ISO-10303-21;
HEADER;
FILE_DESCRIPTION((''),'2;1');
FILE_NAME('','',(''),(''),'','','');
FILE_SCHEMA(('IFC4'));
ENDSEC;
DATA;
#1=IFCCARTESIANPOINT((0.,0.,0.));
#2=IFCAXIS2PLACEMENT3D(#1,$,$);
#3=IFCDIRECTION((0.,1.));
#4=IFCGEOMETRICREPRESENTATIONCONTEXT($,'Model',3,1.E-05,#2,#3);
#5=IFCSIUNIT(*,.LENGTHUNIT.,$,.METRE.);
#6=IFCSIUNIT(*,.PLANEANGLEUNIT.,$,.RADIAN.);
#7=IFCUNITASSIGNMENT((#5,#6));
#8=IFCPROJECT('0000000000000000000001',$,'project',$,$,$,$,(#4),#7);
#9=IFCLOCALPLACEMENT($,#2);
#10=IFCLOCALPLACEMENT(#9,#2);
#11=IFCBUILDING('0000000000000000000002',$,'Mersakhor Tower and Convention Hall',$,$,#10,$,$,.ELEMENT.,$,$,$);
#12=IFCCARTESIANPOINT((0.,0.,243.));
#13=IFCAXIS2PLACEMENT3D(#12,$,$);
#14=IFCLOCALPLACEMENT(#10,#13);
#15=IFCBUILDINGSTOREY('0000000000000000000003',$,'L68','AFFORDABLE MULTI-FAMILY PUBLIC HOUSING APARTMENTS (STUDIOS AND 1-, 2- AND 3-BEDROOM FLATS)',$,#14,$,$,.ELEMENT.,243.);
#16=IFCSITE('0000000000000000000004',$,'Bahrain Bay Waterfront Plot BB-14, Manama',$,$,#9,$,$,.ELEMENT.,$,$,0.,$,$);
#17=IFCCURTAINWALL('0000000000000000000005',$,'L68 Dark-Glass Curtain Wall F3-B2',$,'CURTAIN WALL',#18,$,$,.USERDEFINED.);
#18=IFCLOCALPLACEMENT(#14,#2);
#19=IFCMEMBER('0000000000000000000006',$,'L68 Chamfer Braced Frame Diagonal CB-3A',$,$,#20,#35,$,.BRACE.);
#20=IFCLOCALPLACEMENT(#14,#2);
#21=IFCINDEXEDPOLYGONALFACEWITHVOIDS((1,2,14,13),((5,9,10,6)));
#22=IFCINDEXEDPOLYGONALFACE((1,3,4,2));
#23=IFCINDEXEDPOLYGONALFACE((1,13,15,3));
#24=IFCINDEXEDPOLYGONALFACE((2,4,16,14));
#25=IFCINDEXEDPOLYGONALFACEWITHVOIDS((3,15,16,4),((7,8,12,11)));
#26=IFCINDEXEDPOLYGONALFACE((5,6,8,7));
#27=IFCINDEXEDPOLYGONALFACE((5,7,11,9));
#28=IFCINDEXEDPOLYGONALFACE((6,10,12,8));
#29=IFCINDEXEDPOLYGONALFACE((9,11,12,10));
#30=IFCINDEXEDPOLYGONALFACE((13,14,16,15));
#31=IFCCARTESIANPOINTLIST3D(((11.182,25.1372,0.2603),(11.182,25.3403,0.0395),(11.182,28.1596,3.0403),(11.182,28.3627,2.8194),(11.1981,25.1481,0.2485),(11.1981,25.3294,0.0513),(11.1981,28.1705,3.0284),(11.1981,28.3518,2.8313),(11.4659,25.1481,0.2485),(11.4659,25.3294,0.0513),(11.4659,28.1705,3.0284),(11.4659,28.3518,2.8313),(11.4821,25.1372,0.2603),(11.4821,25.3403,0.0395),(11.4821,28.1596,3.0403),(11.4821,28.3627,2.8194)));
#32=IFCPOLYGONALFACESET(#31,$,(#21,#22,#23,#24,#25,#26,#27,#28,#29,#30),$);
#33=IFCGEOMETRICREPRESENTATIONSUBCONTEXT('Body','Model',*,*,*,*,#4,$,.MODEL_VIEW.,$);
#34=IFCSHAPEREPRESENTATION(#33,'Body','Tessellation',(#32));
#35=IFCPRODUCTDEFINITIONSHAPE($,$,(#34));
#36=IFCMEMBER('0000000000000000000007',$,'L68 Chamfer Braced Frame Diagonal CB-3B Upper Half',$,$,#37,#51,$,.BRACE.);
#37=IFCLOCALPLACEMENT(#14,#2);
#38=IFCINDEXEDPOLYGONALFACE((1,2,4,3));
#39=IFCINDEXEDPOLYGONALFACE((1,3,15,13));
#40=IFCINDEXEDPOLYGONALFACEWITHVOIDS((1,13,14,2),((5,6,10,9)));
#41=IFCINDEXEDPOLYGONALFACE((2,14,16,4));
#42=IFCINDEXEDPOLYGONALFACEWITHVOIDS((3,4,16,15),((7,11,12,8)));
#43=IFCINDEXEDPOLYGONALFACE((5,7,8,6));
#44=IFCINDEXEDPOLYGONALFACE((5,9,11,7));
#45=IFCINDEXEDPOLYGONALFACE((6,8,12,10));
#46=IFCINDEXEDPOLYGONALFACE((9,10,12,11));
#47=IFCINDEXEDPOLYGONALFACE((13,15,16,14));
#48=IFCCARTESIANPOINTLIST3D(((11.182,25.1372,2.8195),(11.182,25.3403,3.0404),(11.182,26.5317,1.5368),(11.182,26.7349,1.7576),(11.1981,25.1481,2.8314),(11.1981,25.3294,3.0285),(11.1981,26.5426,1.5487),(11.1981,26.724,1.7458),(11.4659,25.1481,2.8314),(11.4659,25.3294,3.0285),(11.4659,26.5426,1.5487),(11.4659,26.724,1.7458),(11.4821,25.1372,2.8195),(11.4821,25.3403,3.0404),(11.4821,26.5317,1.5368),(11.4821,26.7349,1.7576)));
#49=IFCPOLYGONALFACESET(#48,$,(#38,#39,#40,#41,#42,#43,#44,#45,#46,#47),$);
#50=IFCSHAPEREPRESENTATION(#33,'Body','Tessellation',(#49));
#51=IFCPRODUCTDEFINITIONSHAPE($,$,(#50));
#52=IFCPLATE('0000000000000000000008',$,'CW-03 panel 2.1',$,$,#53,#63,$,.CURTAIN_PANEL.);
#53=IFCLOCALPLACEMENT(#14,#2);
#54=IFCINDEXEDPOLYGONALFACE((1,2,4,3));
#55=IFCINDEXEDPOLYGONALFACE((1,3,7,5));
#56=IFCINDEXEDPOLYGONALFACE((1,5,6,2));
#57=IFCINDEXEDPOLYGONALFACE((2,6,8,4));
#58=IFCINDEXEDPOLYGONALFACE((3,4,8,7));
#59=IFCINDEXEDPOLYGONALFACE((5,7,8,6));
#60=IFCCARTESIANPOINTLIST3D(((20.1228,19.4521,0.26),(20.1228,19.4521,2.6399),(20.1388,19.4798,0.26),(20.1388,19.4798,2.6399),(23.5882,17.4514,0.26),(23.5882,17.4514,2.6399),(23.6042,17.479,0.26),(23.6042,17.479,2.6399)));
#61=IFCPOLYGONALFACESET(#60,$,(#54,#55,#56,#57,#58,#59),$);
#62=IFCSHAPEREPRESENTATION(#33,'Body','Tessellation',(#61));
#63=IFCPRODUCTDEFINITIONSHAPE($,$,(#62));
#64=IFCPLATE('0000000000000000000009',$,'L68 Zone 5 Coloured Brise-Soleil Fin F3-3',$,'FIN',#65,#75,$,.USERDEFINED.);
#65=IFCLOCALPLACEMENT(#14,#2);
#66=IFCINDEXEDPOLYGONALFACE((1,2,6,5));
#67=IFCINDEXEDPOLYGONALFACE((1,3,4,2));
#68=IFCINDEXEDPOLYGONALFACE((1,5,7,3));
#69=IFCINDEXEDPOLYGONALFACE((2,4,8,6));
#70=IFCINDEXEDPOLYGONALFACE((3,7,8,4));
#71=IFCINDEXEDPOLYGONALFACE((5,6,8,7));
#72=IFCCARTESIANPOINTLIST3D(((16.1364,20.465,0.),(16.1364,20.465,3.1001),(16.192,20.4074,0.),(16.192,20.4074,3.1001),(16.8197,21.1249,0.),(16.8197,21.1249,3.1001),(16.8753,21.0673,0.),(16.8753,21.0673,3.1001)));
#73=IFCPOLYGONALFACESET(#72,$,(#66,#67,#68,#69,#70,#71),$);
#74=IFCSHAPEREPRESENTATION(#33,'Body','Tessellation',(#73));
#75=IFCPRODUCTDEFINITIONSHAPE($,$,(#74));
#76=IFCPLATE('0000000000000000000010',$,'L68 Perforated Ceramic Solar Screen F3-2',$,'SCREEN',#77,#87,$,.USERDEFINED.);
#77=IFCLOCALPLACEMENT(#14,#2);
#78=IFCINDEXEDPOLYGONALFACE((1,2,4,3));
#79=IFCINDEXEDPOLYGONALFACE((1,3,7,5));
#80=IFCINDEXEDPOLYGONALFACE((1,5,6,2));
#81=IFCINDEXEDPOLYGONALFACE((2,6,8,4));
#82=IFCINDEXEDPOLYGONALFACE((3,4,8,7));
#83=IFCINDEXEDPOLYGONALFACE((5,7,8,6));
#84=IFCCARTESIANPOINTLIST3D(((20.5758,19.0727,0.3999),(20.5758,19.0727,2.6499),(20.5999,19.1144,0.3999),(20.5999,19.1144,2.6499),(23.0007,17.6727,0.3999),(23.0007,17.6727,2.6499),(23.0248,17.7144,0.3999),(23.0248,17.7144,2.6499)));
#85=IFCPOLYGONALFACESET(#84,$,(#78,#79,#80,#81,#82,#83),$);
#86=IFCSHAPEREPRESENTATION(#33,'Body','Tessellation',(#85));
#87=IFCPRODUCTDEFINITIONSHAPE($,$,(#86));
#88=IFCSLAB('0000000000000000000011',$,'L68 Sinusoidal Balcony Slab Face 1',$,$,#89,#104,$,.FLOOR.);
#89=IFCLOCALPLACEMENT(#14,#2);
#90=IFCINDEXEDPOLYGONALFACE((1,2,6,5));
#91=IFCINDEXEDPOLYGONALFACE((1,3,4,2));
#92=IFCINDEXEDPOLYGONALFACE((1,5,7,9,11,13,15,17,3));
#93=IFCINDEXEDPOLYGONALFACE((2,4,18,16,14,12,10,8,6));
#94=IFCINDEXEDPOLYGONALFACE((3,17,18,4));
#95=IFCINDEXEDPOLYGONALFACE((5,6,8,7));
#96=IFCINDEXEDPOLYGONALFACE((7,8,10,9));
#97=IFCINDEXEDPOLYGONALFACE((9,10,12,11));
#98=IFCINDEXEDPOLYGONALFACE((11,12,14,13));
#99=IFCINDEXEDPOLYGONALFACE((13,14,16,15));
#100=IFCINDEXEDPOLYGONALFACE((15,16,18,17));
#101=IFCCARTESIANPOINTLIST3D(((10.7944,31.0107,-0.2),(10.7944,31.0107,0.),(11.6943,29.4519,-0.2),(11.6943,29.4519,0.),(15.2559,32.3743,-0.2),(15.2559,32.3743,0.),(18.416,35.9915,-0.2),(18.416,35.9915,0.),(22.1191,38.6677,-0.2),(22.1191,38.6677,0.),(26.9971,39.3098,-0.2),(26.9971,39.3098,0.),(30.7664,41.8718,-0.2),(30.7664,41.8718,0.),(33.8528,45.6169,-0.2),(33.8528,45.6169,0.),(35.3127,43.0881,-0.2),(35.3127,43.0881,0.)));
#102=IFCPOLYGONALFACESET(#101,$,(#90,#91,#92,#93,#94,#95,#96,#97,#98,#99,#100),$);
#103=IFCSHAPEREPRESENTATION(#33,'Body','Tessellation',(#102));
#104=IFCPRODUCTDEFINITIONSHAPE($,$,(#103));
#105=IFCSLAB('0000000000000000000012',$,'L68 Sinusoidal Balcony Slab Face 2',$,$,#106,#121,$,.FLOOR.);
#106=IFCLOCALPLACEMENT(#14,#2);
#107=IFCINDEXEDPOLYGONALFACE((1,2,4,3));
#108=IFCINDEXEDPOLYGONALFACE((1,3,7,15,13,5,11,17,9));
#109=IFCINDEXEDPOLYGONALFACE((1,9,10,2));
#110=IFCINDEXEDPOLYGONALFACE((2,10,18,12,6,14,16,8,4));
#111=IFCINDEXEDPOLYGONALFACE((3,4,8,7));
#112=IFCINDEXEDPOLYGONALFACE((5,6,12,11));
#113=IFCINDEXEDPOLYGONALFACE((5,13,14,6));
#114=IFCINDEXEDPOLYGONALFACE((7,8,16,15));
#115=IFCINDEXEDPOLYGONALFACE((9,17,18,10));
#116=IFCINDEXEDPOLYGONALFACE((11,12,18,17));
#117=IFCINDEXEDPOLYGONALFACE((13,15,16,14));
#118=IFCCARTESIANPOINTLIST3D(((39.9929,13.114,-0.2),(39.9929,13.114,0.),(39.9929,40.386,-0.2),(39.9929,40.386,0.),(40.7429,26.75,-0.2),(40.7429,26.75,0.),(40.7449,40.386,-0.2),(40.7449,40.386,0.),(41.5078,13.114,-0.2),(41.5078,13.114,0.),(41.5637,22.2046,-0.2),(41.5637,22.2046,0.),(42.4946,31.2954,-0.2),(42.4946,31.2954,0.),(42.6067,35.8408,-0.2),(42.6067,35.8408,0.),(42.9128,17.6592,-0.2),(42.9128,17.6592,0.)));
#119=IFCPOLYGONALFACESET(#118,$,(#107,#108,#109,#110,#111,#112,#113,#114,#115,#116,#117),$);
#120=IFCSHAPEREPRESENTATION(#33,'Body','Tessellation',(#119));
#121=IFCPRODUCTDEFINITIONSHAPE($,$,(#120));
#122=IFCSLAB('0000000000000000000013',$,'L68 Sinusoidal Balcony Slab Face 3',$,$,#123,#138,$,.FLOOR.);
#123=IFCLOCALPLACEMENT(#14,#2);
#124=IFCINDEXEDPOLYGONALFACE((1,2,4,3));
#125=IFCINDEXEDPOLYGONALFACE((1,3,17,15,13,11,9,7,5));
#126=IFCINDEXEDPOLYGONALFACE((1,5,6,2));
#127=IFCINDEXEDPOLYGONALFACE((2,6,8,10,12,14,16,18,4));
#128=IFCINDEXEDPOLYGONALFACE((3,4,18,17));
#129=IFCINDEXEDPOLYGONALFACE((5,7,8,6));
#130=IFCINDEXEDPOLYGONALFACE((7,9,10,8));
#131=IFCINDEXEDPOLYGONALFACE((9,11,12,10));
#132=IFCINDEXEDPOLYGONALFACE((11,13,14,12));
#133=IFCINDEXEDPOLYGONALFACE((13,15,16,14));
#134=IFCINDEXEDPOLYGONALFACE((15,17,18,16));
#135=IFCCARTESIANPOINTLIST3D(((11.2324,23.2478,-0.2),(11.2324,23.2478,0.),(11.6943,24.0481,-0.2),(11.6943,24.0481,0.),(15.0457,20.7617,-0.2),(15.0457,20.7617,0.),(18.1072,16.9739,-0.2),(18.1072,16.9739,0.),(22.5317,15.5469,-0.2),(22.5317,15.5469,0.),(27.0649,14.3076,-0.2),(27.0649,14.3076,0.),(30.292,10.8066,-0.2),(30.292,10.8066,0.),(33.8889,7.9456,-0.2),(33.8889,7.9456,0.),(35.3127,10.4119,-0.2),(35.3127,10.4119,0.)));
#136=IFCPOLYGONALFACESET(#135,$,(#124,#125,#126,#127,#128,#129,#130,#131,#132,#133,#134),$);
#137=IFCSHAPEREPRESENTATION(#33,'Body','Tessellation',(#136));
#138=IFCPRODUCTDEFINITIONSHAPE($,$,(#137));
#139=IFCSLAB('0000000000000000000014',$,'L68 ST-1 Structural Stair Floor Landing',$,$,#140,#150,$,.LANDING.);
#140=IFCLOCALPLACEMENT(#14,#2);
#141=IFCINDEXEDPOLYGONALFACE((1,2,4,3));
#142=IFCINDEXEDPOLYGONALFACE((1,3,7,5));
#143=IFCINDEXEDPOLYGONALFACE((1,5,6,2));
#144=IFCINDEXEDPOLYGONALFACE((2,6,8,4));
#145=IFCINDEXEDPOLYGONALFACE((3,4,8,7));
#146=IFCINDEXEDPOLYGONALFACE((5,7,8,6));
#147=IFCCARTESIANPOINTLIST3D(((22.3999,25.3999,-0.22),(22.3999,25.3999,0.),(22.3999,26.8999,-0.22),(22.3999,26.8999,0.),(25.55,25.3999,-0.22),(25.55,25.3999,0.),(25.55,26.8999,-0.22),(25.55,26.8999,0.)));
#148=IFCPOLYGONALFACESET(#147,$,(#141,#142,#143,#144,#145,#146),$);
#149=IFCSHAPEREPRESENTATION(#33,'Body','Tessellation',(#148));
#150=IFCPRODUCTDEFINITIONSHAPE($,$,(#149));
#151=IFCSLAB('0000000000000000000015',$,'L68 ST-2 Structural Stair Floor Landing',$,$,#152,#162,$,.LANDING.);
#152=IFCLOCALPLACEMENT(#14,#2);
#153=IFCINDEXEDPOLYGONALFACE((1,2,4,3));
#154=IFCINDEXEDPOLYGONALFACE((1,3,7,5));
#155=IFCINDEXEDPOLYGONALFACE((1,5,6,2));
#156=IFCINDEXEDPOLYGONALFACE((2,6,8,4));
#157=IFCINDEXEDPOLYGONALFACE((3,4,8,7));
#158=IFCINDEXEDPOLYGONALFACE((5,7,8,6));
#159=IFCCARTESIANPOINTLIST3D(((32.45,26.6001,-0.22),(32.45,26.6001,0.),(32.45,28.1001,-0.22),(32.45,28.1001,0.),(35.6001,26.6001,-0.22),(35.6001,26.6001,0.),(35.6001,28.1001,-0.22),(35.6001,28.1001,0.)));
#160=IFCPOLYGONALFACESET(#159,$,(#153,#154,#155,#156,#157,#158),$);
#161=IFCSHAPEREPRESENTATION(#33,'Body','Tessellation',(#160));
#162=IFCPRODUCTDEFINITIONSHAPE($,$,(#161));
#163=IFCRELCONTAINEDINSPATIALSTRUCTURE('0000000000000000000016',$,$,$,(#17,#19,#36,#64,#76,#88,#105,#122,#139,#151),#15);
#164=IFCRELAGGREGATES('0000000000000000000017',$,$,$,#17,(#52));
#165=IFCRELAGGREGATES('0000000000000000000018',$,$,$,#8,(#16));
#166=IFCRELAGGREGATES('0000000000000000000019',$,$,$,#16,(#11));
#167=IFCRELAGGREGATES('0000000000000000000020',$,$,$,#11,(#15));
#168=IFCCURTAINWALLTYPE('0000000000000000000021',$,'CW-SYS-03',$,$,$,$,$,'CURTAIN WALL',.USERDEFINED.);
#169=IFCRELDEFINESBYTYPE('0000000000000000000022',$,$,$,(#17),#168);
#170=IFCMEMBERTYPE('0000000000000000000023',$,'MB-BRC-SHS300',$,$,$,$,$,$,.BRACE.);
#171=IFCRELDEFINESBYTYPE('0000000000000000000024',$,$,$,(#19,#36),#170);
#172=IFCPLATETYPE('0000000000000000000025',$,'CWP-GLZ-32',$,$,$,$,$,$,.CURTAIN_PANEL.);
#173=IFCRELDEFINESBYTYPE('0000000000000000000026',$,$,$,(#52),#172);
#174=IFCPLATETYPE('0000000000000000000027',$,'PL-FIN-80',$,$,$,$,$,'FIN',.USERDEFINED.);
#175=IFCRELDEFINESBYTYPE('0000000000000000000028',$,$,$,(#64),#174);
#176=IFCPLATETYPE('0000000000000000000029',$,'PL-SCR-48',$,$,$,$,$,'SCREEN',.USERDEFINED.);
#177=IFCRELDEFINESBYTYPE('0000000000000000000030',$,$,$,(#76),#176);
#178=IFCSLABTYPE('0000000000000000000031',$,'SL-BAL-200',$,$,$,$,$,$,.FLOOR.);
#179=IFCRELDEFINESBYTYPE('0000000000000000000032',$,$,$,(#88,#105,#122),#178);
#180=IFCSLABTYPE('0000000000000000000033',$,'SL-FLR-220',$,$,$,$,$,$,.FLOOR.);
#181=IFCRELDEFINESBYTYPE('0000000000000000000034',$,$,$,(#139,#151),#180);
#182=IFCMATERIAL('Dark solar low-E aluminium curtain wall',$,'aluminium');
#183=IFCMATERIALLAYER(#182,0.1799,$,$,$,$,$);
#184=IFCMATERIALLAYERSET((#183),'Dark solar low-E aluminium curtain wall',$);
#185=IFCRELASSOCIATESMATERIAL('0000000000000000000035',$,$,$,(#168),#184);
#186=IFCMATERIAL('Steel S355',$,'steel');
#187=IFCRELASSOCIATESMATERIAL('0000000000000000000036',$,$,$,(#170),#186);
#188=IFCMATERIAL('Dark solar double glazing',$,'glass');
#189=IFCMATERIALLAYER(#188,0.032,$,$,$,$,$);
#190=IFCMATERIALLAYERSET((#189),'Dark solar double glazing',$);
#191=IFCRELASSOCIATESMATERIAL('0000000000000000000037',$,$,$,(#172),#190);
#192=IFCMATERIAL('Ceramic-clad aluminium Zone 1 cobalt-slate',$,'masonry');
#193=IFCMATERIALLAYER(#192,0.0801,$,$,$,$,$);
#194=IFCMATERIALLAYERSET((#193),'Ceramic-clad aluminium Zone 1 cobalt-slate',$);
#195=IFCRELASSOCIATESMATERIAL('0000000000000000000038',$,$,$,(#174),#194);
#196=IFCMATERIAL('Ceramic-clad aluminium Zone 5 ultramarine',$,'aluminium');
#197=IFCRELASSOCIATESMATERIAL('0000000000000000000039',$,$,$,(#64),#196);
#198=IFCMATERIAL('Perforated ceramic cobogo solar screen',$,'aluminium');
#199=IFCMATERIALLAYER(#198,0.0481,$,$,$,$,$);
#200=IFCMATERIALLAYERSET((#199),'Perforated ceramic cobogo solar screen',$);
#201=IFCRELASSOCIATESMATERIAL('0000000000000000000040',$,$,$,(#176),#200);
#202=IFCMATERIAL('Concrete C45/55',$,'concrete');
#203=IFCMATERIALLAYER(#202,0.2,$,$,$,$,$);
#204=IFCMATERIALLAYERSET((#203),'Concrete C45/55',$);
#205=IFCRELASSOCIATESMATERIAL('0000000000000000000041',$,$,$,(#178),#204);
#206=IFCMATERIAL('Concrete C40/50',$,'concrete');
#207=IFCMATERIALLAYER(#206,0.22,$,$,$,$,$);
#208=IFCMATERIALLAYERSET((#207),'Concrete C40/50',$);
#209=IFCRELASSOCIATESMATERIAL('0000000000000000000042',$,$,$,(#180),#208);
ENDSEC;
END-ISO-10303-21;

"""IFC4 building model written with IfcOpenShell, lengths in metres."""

from ifc_helpers import new_model, si_unit, direction, frame, origin, origin_2d, place, context, subcontext, project, spatial, polyline, rectangle, hollow_rectangle, outline, extrude, material, layer, layer_set, material_profile, profile_set, type_object, element, aggregate, save


model = new_model("IFC4")

# Units and contexts
model_context = context("Model", 3, precision=1e-05, world=origin(), true_north=direction((0.0, 1.0)))
body_context = subcontext(model_context, "Body", "Model", "MODEL_VIEW")
ifc_project = project(units=[si_unit("LENGTHUNIT", "METRE"), si_unit("PLANEANGLEUNIT", "RADIAN")], contexts=[model_context])

# Site, building, storey
site_placement = place(None, origin())
site = spatial("IfcSite", under=ifc_project, at=site_placement, Name="Bahrain Bay Waterfront Plot BB-14, Manama", CompositionType="ELEMENT", RefElevation=0.0)
building_placement = place(site_placement, origin())
building = spatial("IfcBuilding", under=site, at=building_placement, Name="Mersakhor Tower and Convention Hall", CompositionType="ELEMENT")
storey_placement = place(building_placement, frame((0.0, 0.0, 243.0)))
storey = spatial("IfcBuildingStorey", under=building, at=storey_placement, Name="L68", Description="AFFORDABLE MULTI-FAMILY PUBLIC HOUSING APARTMENTS (STUDIOS AND 1-, 2- AND 3-BEDROOM FLATS)", CompositionType="ELEMENT", Elevation=243.0)

# Curtain wall
ifc_material_1 = material(Name="Dark solar low-E aluminium curtain wall", Category="aluminium")
ifc_layer_1 = layer(ifc_material_1, 0.1799)
ifc_layer_set_1 = layer_set([ifc_layer_1], Name="Dark solar low-E aluminium curtain wall")
curtain_wall_type = type_object("IfcCurtainWallType", Name="CW-SYS-03", ElementType="CURTAIN WALL", PredefinedType="USERDEFINED", material=ifc_layer_set_1)
curtain_wall_placement = place(storey_placement, origin())
curtain_wall = element("IfcCurtainWall", 1, at=curtain_wall_placement, inside=storey, type_object=curtain_wall_type, Name="L68 Dark-Glass Curtain Wall F3-B2", ObjectType="CURTAIN WALL", PredefinedType="USERDEFINED")

# Members
ifc_material_2 = material(Name="Steel S355", Category="steel")
ifc_material_profile_1 = material_profile(ifc_material_2, hollow_rectangle(XDim=0.3, YDim=0.3, WallThickness=0.0161, at=origin_2d()), Name="SHS 300x300x16")
ifc_profile_set_1 = profile_set([ifc_material_profile_1], Name="Steel S355")
member_type_1 = type_object("IfcMemberType", Name="MB-BRC-SHS300", PredefinedType="BRACE", material=ifc_profile_set_1)
member_1_placement = place(storey_placement, frame((11.332, 25.2388, 0.1499), z_axis=(0.0, 0.736008, 0.676973), x_axis=(-1.0, 0.0, 0.0)))
element("IfcMember", 2, at=member_1_placement, inside=storey, type_object=member_type_1, Name="L68 Chamfer Braced Frame Diagonal CB-3A", PredefinedType="BRACE", context=body_context, shape_type="SweptSolid", body=[
    extrude(hollow_rectangle(XDim=0.3, YDim=0.3, WallThickness=0.0161, at=origin_2d()), origin(), (0.0, 0.0, 1.0), 4.1064),
])
member_2_placement = place(storey_placement, frame((11.332, 26.6333, 1.6472), z_axis=(0.0, -0.735998, 0.676984), x_axis=(1.0, 0.0, 0.0)))
element("IfcMember", 3, at=member_2_placement, inside=storey, type_object=member_type_1, Name="L68 Chamfer Braced Frame Diagonal CB-3B Upper Half", PredefinedType="BRACE", context=body_context, shape_type="SweptSolid", body=[
    extrude(hollow_rectangle(XDim=0.3, YDim=0.3, WallThickness=0.0161, at=origin_2d()), origin(), (0.0, 0.0, 1.0), 1.8948),
])

# Plate
ifc_material_3 = material(Name="Dark solar double glazing", Category="glass")
ifc_layer_2 = layer(ifc_material_3, 0.032)
ifc_layer_set_2 = layer_set([ifc_layer_2], Name="Dark solar double glazing")
plate_type_1 = type_object("IfcPlateType", Name="CWP-GLZ-32", PredefinedType="CURTAIN_PANEL", material=ifc_layer_set_2)
plate_1_placement = place(storey_placement, frame((21.8635, 18.4656, 0.26), z_axis=(0.0, 0.0, 1.0), x_axis=(-0.866023, 0.500004, 0.0)))
plate_1 = element("IfcPlate", 4, at=plate_1_placement, type_object=plate_type_1, Name="CW-03 panel 2.1", PredefinedType="CURTAIN_PANEL", context=body_context, shape_type="SweptSolid", body=[
    extrude(rectangle(XDim=4.0015, YDim=0.032, at=origin_2d()), origin(), (0.0, 0.0, 1.0), 2.3799),
])
aggregate(curtain_wall, [plate_1])

# Plates
ifc_material_4 = material(Name="Ceramic-clad aluminium Zone 5 ultramarine", Category="aluminium")
ifc_material_5 = material(Name="Ceramic-clad aluminium Zone 1 cobalt-slate", Category="masonry")
ifc_layer_3 = layer(ifc_material_5, 0.0801)
ifc_layer_set_3 = layer_set([ifc_layer_3], Name="Ceramic-clad aluminium Zone 1 cobalt-slate")
plate_type_2 = type_object("IfcPlateType", Name="PL-FIN-80", ElementType="FIN", PredefinedType="USERDEFINED", material=ifc_layer_set_3)
plate_2_placement = place(storey_placement, frame((16.5059, 20.7661, 0.0), z_axis=(0.0, 0.0, 1.0), x_axis=(-0.71934, -0.694658, 0.0)))
element("IfcPlate", 5, at=plate_2_placement, inside=storey, type_object=plate_type_2, material=ifc_material_4, Name="L68 Zone 5 Coloured Brise-Soleil Fin F3-3", ObjectType="FIN", PredefinedType="USERDEFINED", context=body_context, shape_type="SweptSolid", body=[
    extrude(rectangle(XDim=0.95, YDim=0.0801, at=origin_2d()), origin(), (0.0, 0.0, 1.0), 3.1001),
])
ifc_material_6 = material(Name="Perforated ceramic cobogo solar screen", Category="aluminium")
ifc_layer_4 = layer(ifc_material_6, 0.0481)
ifc_layer_set_4 = layer_set([ifc_layer_4], Name="Perforated ceramic cobogo solar screen")
plate_type_3 = type_object("IfcPlateType", Name="PL-SCR-48", ElementType="SCREEN", PredefinedType="USERDEFINED", material=ifc_layer_set_4)
plate_3_placement = place(storey_placement, frame((21.8003, 18.3936, 0.3999), z_axis=(0.0, 0.0, 1.0), x_axis=(-0.866025, 0.5, 0.0)))
element("IfcPlate", 6, at=plate_3_placement, inside=storey, type_object=plate_type_3, Name="L68 Perforated Ceramic Solar Screen F3-2", ObjectType="SCREEN", PredefinedType="USERDEFINED", context=body_context, shape_type="SweptSolid", body=[
    extrude(rectangle(XDim=2.8, YDim=0.0481, at=origin_2d()), origin(), (0.0, 0.0, 1.0), 2.25),
])

# Slabs
ifc_material_7 = material(Name="Concrete C45/55", Category="concrete")
ifc_layer_5 = layer(ifc_material_7, 0.2)
ifc_layer_set_5 = layer_set([ifc_layer_5], Name="Concrete C45/55")
slab_type_1 = type_object("IfcSlabType", Name="SL-BAL-200", PredefinedType="FLOOR", material=ifc_layer_set_5)
slab_1_placement = place(storey_placement, frame((0.0, 0.0, -0.2)))
element("IfcSlab", 7, at=slab_1_placement, inside=storey, type_object=slab_type_1, Name="L68 Sinusoidal Balcony Slab Face 1", PredefinedType="FLOOR", context=body_context, shape_type="SweptSolid", body=[
    extrude(outline(polyline([(11.6943, 29.4519), (35.3127, 43.0881), (33.8528, 45.6169), (30.7664, 41.8718), (26.9971, 39.3098), (22.1191, 38.6677), (18.416, 35.9915), (15.2559, 32.3743), (10.7944, 31.0107), (11.6943, 29.4519)])), origin(), (0.0, 0.0, 1.0), 0.2),
])
slab_2_placement = place(storey_placement, frame((0.0, 0.0, -0.2)))
element("IfcSlab", 8, at=slab_2_placement, inside=storey, type_object=slab_type_1, Name="L68 Sinusoidal Balcony Slab Face 2", PredefinedType="FLOOR", context=body_context, shape_type="SweptSolid", body=[
    extrude(outline(polyline([(39.9929, 40.386), (39.9929, 13.114), (41.5078, 13.114), (42.9128, 17.6592), (41.5637, 22.2046), (40.7429, 26.75), (42.4946, 31.2954), (42.6067, 35.8408), (40.7449, 40.386), (39.9929, 40.386)])), origin(), (0.0, 0.0, 1.0), 0.2),
])
slab_3_placement = place(storey_placement, frame((0.0, 0.0, -0.2)))
element("IfcSlab", 9, at=slab_3_placement, inside=storey, type_object=slab_type_1, Name="L68 Sinusoidal Balcony Slab Face 3", PredefinedType="FLOOR", context=body_context, shape_type="SweptSolid", body=[
    extrude(outline(polyline([(35.3127, 10.4119), (11.6943, 24.0481), (11.2324, 23.2478), (15.0457, 20.7617), (18.1072, 16.9739), (22.5317, 15.5469), (27.0649, 14.3076), (30.292, 10.8066), (33.8889, 7.9456), (35.3127, 10.4119)])), origin(), (0.0, 0.0, 1.0), 0.2),
])
ifc_material_8 = material(Name="Concrete C40/50", Category="concrete")
ifc_layer_6 = layer(ifc_material_8, 0.22)
ifc_layer_set_6 = layer_set([ifc_layer_6], Name="Concrete C40/50")
slab_type_2 = type_object("IfcSlabType", Name="SL-FLR-220", PredefinedType="FLOOR", material=ifc_layer_set_6)
slab_4_placement = place(storey_placement, frame((0.0, 0.0, -0.22)))
element("IfcSlab", 10, at=slab_4_placement, inside=storey, type_object=slab_type_2, Name="L68 ST-1 Structural Stair Floor Landing", PredefinedType="LANDING", context=body_context, shape_type="SweptSolid", body=[
    extrude(outline(polyline([(25.55, 25.3999), (25.55, 26.8999), (22.3999, 26.8999), (22.3999, 25.3999), (25.55, 25.3999)])), origin(), (0.0, 0.0, 1.0), 0.22),
])
slab_5_placement = place(storey_placement, frame((0.0, 0.0, -0.22)))
element("IfcSlab", 11, at=slab_5_placement, inside=storey, type_object=slab_type_2, Name="L68 ST-2 Structural Stair Floor Landing", PredefinedType="LANDING", context=body_context, shape_type="SweptSolid", body=[
    extrude(outline(polyline([(32.45, 28.1001), (32.45, 26.6001), (35.6001, 26.6001), (35.6001, 28.1001), (32.45, 28.1001)])), origin(), (0.0, 0.0, 1.0), 0.22),
])

save(model, "model.ifc")
